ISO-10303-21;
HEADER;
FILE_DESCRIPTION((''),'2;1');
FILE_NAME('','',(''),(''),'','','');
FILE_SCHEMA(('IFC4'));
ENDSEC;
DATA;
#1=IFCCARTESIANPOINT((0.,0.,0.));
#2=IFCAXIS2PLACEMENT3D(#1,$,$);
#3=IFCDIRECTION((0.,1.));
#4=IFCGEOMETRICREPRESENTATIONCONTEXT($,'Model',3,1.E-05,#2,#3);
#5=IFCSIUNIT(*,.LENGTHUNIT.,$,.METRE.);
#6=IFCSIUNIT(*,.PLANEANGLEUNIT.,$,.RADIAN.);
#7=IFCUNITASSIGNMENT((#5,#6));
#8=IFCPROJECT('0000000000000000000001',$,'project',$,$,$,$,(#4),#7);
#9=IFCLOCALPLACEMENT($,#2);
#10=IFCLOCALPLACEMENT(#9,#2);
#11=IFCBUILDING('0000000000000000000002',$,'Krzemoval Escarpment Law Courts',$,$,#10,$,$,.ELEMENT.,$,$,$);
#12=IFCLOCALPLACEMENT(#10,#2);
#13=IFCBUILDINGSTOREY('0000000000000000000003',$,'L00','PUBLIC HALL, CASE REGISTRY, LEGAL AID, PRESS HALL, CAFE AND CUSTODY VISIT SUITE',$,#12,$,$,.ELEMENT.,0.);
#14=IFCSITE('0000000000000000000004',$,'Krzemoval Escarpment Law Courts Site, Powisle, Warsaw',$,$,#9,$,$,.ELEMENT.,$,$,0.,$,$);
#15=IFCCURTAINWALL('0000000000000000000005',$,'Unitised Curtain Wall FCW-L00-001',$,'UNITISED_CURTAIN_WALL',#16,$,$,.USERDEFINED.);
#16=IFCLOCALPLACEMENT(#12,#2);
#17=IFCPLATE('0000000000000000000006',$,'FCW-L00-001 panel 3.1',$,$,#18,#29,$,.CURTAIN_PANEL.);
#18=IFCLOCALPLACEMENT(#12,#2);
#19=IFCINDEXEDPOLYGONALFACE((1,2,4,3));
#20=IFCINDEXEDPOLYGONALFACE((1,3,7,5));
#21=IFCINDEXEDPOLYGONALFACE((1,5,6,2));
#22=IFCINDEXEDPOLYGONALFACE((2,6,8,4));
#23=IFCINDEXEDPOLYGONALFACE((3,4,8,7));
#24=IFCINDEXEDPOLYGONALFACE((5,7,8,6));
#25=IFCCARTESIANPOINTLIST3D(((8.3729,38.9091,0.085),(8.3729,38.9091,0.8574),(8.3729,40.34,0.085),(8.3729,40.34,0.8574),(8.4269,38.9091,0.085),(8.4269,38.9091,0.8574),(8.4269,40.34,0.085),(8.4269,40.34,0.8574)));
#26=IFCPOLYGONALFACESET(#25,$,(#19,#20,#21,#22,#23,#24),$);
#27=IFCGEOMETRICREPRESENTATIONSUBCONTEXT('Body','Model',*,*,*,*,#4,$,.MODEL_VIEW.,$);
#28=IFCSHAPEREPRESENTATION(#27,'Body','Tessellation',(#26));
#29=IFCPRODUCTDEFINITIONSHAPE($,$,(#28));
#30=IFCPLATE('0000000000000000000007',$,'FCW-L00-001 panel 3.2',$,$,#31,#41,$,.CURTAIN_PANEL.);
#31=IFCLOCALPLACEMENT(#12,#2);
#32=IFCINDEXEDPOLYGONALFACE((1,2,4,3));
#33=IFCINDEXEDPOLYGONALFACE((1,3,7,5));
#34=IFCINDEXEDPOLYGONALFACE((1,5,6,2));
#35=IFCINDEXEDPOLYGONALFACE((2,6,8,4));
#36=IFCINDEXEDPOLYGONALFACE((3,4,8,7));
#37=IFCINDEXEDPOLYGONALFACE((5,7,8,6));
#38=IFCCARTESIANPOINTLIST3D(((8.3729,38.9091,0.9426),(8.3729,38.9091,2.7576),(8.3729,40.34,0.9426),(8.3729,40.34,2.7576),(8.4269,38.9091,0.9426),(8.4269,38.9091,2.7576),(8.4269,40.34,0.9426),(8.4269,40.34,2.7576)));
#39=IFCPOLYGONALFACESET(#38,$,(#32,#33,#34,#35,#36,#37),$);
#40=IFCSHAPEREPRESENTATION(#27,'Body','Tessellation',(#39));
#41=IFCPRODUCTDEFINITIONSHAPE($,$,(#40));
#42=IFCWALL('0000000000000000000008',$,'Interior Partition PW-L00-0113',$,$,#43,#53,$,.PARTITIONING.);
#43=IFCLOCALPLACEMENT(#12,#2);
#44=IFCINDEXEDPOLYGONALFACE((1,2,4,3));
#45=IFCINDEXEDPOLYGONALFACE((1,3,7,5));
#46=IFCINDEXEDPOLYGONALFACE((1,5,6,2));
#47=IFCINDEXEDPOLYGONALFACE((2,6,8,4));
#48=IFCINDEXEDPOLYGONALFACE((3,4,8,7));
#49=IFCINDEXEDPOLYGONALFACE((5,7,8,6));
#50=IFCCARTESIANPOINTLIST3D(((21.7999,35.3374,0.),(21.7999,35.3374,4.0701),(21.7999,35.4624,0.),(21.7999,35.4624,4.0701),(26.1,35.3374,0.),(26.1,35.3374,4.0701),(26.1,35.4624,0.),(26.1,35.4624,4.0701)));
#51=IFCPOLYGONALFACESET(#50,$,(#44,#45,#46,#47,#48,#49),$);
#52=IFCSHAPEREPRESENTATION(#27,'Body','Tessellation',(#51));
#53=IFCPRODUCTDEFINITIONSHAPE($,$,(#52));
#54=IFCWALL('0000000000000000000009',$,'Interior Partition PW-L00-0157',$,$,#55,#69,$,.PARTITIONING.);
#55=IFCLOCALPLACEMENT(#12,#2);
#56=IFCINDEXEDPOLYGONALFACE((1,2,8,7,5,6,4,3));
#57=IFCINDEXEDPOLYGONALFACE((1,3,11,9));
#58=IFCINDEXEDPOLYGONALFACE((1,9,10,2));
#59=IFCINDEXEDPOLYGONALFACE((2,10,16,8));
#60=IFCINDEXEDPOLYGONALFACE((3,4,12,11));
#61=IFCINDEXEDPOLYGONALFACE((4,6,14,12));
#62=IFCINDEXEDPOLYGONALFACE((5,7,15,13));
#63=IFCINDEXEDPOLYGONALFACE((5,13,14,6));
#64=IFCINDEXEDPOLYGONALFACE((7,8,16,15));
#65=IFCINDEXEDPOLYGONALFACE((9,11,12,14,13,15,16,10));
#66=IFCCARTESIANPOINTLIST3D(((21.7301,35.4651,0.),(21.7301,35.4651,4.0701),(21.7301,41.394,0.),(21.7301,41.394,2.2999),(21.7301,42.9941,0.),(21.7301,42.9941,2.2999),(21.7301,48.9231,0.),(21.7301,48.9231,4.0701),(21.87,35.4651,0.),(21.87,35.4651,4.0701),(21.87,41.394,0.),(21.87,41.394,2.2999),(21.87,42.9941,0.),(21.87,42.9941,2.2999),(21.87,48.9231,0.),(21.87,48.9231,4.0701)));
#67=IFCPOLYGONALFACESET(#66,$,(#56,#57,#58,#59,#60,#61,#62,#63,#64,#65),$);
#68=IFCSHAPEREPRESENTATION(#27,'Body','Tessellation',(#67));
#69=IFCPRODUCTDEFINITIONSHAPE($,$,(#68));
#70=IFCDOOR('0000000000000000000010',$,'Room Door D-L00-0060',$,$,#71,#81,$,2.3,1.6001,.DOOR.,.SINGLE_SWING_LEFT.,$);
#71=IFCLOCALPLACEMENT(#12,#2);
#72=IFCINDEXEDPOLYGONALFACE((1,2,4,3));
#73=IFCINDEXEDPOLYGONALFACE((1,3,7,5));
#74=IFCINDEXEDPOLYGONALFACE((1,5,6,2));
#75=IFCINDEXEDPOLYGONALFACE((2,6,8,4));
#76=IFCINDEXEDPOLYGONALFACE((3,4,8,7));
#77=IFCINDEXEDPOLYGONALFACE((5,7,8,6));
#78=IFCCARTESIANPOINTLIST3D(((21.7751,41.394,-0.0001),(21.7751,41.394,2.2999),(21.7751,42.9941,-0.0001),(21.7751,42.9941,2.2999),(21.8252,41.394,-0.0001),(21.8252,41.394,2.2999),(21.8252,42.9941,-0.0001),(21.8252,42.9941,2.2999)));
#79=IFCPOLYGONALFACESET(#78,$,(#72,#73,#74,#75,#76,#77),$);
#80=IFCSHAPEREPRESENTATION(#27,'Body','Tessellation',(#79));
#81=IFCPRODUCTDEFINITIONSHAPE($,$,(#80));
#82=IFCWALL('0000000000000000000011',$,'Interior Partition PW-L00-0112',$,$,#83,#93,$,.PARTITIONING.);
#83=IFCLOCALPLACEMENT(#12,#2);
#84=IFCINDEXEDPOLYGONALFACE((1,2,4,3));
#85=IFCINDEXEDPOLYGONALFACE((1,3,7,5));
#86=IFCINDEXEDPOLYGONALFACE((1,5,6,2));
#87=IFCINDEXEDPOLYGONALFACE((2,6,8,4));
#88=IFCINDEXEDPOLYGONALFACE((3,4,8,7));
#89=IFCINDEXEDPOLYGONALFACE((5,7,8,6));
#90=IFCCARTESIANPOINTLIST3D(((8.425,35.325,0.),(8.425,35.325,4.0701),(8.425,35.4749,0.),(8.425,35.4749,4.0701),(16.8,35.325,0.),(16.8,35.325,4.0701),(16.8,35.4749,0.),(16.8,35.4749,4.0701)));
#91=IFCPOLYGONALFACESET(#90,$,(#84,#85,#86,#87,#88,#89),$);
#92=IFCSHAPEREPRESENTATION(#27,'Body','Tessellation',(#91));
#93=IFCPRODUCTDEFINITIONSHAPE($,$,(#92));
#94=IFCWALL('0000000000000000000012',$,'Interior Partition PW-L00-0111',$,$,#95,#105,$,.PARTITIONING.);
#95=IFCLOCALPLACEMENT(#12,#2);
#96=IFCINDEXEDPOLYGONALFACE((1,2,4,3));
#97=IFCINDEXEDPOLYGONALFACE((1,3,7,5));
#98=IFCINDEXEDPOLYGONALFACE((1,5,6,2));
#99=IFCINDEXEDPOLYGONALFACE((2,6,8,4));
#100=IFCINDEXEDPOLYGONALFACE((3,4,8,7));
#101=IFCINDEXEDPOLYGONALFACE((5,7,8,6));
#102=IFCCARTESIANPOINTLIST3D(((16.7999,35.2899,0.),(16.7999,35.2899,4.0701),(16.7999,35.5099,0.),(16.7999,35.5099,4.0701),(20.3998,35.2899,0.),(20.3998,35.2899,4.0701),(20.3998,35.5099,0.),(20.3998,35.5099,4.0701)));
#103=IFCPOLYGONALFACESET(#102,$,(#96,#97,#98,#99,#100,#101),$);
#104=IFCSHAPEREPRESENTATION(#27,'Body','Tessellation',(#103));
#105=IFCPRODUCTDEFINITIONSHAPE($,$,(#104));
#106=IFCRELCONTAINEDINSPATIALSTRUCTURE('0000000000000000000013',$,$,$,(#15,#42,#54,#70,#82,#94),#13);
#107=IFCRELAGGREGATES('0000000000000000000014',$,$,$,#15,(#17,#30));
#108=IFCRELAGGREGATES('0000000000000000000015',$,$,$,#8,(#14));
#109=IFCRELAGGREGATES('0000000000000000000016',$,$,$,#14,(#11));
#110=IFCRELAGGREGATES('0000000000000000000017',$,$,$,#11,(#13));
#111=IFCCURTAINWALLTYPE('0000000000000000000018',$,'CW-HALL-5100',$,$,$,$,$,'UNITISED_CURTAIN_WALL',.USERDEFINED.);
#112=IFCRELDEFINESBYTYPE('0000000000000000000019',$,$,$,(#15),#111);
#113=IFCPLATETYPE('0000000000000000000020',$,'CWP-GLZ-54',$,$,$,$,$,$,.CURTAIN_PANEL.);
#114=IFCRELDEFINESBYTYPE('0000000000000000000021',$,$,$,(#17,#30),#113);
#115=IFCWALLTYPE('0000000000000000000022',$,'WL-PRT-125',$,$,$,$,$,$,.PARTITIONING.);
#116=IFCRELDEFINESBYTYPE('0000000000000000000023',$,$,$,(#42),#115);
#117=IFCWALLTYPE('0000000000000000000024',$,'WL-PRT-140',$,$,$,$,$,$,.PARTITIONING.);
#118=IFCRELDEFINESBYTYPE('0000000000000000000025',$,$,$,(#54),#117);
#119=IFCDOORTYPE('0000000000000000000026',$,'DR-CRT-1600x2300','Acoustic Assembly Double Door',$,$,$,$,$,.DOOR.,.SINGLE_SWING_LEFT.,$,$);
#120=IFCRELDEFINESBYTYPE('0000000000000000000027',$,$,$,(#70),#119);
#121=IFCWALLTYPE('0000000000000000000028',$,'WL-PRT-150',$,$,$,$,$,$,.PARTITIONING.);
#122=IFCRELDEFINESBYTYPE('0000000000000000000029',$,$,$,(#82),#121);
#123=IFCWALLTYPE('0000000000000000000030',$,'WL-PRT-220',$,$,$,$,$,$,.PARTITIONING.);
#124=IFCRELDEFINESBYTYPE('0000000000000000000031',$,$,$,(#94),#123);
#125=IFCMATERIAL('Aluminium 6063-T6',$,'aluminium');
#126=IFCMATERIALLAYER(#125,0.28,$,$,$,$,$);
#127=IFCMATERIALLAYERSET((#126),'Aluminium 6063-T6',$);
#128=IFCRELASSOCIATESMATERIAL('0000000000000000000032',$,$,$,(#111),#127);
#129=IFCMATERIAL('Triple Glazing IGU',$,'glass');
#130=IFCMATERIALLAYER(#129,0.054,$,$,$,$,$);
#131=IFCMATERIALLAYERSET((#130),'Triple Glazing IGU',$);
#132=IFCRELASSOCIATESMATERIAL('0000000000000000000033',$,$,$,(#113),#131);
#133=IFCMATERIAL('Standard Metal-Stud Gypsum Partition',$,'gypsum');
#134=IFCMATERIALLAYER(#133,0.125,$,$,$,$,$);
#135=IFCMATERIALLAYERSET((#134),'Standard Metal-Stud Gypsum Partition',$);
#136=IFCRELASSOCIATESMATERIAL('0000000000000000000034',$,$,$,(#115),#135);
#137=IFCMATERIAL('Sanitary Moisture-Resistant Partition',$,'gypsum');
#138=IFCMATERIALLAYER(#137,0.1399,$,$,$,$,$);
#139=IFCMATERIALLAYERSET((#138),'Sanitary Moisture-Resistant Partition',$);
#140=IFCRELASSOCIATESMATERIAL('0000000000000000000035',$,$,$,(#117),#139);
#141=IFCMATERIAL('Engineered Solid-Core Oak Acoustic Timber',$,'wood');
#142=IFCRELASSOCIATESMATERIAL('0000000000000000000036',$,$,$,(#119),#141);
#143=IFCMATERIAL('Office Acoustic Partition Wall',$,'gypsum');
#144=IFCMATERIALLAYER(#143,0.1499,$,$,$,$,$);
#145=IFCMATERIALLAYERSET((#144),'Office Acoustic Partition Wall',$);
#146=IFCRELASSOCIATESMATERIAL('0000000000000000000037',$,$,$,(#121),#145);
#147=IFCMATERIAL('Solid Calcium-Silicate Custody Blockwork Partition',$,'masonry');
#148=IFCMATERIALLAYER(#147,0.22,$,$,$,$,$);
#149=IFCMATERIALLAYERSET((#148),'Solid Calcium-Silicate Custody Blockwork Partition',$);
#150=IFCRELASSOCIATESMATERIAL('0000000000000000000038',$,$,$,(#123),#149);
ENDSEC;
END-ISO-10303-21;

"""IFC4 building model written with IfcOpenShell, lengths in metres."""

from ifc_helpers import new_model, si_unit, direction, frame, frame_2d, origin, origin_2d, place, context, subcontext, project, spatial, rectangle, extrude, material, layer, layer_set, type_object, element, fill, aggregate, save


model = new_model("IFC4")

# Units and contexts
model_context = context("Model", 3, precision=1e-05, world=origin(), true_north=direction((0.0, 1.0)))
body_context = subcontext(model_context, "Body", "Model", "MODEL_VIEW")
ifc_project = project(units=[si_unit("LENGTHUNIT", "METRE"), si_unit("PLANEANGLEUNIT", "RADIAN")], contexts=[model_context])

# Site, building, storey
site_placement = place(None, origin())
site = spatial("IfcSite", under=ifc_project, at=site_placement, Name="Krzemoval Escarpment Law Courts Site, Powisle, Warsaw", CompositionType="ELEMENT", RefElevation=0.0)
building_placement = place(site_placement, origin())
building = spatial("IfcBuilding", under=site, at=building_placement, Name="Krzemoval Escarpment Law Courts", CompositionType="ELEMENT")
storey_placement = place(building_placement, origin())
storey = spatial("IfcBuildingStorey", under=building, at=storey_placement, Name="L00", Description="PUBLIC HALL, CASE REGISTRY, LEGAL AID, PRESS HALL, CAFE AND CUSTODY VISIT SUITE", CompositionType="ELEMENT", Elevation=0.0)

# Curtain wall, plates
ifc_material_1 = material(Name="Aluminium 6063-T6", Category="aluminium")
ifc_layer_1 = layer(ifc_material_1, 0.28)
ifc_layer_set_1 = layer_set([ifc_layer_1], Name="Aluminium 6063-T6")
curtain_wall_type = type_object("IfcCurtainWallType", Name="CW-HALL-5100", ElementType="UNITISED_CURTAIN_WALL", PredefinedType="USERDEFINED", material=ifc_layer_set_1)
curtain_wall_placement = place(storey_placement, origin())
curtain_wall = element("IfcCurtainWall", 1, at=curtain_wall_placement, inside=storey, type_object=curtain_wall_type, Name="Unitised Curtain Wall FCW-L00-001", ObjectType="UNITISED_CURTAIN_WALL", PredefinedType="USERDEFINED")
ifc_material_2 = material(Name="Triple Glazing IGU", Category="glass")
ifc_layer_2 = layer(ifc_material_2, 0.054)
ifc_layer_set_2 = layer_set([ifc_layer_2], Name="Triple Glazing IGU")
plate_type = type_object("IfcPlateType", Name="CWP-GLZ-54", PredefinedType="CURTAIN_PANEL", material=ifc_layer_set_2)
plate_1_placement = place(storey_placement, frame((8.3999, 39.6245, 0.085), z_axis=(0.0, 0.0, 1.0), x_axis=(0.0, 1.0, 0.0)))
plate_1 = element("IfcPlate", 2, at=plate_1_placement, type_object=plate_type, Name="FCW-L00-001 panel 3.1", PredefinedType="CURTAIN_PANEL", context=body_context, shape_type="SweptSolid", body=[
    extrude(rectangle(XDim=1.4309, YDim=0.054, at=origin_2d()), origin(), (0.0, 0.0, 1.0), 0.7725),
])
plate_2_placement = place(storey_placement, frame((8.3999, 39.6245, 0.9426), z_axis=(0.0, 0.0, 1.0), x_axis=(0.0, 1.0, 0.0)))
plate_2 = element("IfcPlate", 3, at=plate_2_placement, type_object=plate_type, Name="FCW-L00-001 panel 3.2", PredefinedType="CURTAIN_PANEL", context=body_context, shape_type="SweptSolid", body=[
    extrude(rectangle(XDim=1.4309, YDim=0.054, at=origin_2d()), origin(), (0.0, 0.0, 1.0), 1.8149),
])
aggregate(curtain_wall, [plate_1, plate_2])

# Wall
ifc_material_3 = material(Name="Standard Metal-Stud Gypsum Partition", Category="gypsum")
ifc_layer_3 = layer(ifc_material_3, 0.125)
ifc_layer_set_3 = layer_set([ifc_layer_3], Name="Standard Metal-Stud Gypsum Partition")
wall_type_1 = type_object("IfcWallType", Name="WL-PRT-125", PredefinedType="PARTITIONING", material=ifc_layer_set_3)
wall_1_placement = place(storey_placement, frame((21.8, 35.3999, 0.0), z_axis=(0.0, 0.0, 1.0), x_axis=(1.0, 0.0, 0.0)))
element("IfcWall", 4, at=wall_1_placement, inside=storey, type_object=wall_type_1, Name="Interior Partition PW-L00-0113", PredefinedType="PARTITIONING", context=body_context, shape_type="SweptSolid", body=[
    extrude(rectangle(XDim=4.3, YDim=0.125, at=frame_2d((2.1499, 0.0))), origin(), (0.0, 0.0, 1.0), 4.0701),
])

# Wall, opening, door
ifc_material_4 = material(Name="Sanitary Moisture-Resistant Partition", Category="gypsum")
ifc_layer_4 = layer(ifc_material_4, 0.1399)
ifc_layer_set_4 = layer_set([ifc_layer_4], Name="Sanitary Moisture-Resistant Partition")
wall_type_2 = type_object("IfcWallType", Name="WL-PRT-140", PredefinedType="PARTITIONING", material=ifc_layer_set_4)
wall_2_placement = place(storey_placement, frame((21.8, 35.4651, 0.0), z_axis=(0.0, 0.0, 1.0), x_axis=(0.0, 1.0, 0.0)))
wall_2 = element("IfcWall", 5, at=wall_2_placement, inside=storey, type_object=wall_type_2, Name="Interior Partition PW-L00-0157", PredefinedType="PARTITIONING", context=body_context, shape_type="SweptSolid", body=[
    extrude(rectangle(XDim=13.458, YDim=0.1399, at=frame_2d((6.729, 0.0))), origin(), (0.0, 0.0, 1.0), 4.0701),
])
opening_placement = place(wall_2_placement, frame((5.929, 0.0, 0.0)))
opening = element("IfcOpeningElement", 6, at=opening_placement, cuts=wall_2, PredefinedType="OPENING", context=body_context, shape_type="SweptSolid", body=[
    extrude(rectangle(XDim=1.6001, YDim=2.3, at=frame_2d((0.8, 1.1499))), frame((0.0, 0.0849, 0.0), z_axis=(0.0, -1.0, 0.0), x_axis=(1.0, 0.0, 0.0)), (0.0, 0.0, 1.0), 0.1699),
])
ifc_material_5 = material(Name="Engineered Solid-Core Oak Acoustic Timber", Category="wood")
door_type = type_object("IfcDoorType", Name="DR-CRT-1600x2300", Description="Acoustic Assembly Double Door", OperationType="SINGLE_SWING_LEFT", PredefinedType="DOOR", material=ifc_material_5)
door_placement = place(opening_placement, origin())
door = element("IfcDoor", 7, at=door_placement, inside=storey, type_object=door_type, Name="Room Door D-L00-0060", OperationType="SINGLE_SWING_LEFT", OverallHeight=2.3, OverallWidth=1.6001, PredefinedType="DOOR", context=body_context, shape_type="SweptSolid", body=[
    extrude(rectangle(XDim=1.6001, YDim=2.3, at=frame_2d((0.8, 1.1499))), frame((0.0, 0.0249, 0.0), z_axis=(0.0, -1.0, 0.0), x_axis=(1.0, 0.0, 0.0)), (0.0, 0.0, 1.0), 0.05),
])
fill(opening, door)

# Walls
ifc_material_6 = material(Name="Office Acoustic Partition Wall", Category="gypsum")
ifc_layer_5 = layer(ifc_material_6, 0.1499)
ifc_layer_set_5 = layer_set([ifc_layer_5], Name="Office Acoustic Partition Wall")
wall_type_3 = type_object("IfcWallType", Name="WL-PRT-150", PredefinedType="PARTITIONING", material=ifc_layer_set_5)
wall_3_placement = place(storey_placement, frame((8.425, 35.3999, 0.0), z_axis=(0.0, 0.0, 1.0), x_axis=(1.0, 0.0, 0.0)))
element("IfcWall", 8, at=wall_3_placement, inside=storey, type_object=wall_type_3, Name="Interior Partition PW-L00-0112", PredefinedType="PARTITIONING", context=body_context, shape_type="SweptSolid", body=[
    extrude(rectangle(XDim=8.375, YDim=0.1499, at=frame_2d((4.1875, 0.0))), origin(), (0.0, 0.0, 1.0), 4.0701),
])
ifc_material_7 = material(Name="Solid Calcium-Silicate Custody Blockwork Partition", Category="masonry")
ifc_layer_6 = layer(ifc_material_7, 0.22)
ifc_layer_set_6 = layer_set([ifc_layer_6], Name="Solid Calcium-Silicate Custody Blockwork Partition")
wall_type_4 = type_object("IfcWallType", Name="WL-PRT-220", PredefinedType="PARTITIONING", material=ifc_layer_set_6)
wall_4_placement = place(storey_placement, frame((16.8, 35.3999, 0.0), z_axis=(0.0, 0.0, 1.0), x_axis=(1.0, 0.0, 0.0)))
element("IfcWall", 9, at=wall_4_placement, inside=storey, type_object=wall_type_4, Name="Interior Partition PW-L00-0111", PredefinedType="PARTITIONING", context=body_context, shape_type="SweptSolid", body=[
    extrude(rectangle(XDim=3.5999, YDim=0.22, at=frame_2d((1.7998, 0.0))), origin(), (0.0, 0.0, 1.0), 4.0701),
])

save(model, "model.ifc")
